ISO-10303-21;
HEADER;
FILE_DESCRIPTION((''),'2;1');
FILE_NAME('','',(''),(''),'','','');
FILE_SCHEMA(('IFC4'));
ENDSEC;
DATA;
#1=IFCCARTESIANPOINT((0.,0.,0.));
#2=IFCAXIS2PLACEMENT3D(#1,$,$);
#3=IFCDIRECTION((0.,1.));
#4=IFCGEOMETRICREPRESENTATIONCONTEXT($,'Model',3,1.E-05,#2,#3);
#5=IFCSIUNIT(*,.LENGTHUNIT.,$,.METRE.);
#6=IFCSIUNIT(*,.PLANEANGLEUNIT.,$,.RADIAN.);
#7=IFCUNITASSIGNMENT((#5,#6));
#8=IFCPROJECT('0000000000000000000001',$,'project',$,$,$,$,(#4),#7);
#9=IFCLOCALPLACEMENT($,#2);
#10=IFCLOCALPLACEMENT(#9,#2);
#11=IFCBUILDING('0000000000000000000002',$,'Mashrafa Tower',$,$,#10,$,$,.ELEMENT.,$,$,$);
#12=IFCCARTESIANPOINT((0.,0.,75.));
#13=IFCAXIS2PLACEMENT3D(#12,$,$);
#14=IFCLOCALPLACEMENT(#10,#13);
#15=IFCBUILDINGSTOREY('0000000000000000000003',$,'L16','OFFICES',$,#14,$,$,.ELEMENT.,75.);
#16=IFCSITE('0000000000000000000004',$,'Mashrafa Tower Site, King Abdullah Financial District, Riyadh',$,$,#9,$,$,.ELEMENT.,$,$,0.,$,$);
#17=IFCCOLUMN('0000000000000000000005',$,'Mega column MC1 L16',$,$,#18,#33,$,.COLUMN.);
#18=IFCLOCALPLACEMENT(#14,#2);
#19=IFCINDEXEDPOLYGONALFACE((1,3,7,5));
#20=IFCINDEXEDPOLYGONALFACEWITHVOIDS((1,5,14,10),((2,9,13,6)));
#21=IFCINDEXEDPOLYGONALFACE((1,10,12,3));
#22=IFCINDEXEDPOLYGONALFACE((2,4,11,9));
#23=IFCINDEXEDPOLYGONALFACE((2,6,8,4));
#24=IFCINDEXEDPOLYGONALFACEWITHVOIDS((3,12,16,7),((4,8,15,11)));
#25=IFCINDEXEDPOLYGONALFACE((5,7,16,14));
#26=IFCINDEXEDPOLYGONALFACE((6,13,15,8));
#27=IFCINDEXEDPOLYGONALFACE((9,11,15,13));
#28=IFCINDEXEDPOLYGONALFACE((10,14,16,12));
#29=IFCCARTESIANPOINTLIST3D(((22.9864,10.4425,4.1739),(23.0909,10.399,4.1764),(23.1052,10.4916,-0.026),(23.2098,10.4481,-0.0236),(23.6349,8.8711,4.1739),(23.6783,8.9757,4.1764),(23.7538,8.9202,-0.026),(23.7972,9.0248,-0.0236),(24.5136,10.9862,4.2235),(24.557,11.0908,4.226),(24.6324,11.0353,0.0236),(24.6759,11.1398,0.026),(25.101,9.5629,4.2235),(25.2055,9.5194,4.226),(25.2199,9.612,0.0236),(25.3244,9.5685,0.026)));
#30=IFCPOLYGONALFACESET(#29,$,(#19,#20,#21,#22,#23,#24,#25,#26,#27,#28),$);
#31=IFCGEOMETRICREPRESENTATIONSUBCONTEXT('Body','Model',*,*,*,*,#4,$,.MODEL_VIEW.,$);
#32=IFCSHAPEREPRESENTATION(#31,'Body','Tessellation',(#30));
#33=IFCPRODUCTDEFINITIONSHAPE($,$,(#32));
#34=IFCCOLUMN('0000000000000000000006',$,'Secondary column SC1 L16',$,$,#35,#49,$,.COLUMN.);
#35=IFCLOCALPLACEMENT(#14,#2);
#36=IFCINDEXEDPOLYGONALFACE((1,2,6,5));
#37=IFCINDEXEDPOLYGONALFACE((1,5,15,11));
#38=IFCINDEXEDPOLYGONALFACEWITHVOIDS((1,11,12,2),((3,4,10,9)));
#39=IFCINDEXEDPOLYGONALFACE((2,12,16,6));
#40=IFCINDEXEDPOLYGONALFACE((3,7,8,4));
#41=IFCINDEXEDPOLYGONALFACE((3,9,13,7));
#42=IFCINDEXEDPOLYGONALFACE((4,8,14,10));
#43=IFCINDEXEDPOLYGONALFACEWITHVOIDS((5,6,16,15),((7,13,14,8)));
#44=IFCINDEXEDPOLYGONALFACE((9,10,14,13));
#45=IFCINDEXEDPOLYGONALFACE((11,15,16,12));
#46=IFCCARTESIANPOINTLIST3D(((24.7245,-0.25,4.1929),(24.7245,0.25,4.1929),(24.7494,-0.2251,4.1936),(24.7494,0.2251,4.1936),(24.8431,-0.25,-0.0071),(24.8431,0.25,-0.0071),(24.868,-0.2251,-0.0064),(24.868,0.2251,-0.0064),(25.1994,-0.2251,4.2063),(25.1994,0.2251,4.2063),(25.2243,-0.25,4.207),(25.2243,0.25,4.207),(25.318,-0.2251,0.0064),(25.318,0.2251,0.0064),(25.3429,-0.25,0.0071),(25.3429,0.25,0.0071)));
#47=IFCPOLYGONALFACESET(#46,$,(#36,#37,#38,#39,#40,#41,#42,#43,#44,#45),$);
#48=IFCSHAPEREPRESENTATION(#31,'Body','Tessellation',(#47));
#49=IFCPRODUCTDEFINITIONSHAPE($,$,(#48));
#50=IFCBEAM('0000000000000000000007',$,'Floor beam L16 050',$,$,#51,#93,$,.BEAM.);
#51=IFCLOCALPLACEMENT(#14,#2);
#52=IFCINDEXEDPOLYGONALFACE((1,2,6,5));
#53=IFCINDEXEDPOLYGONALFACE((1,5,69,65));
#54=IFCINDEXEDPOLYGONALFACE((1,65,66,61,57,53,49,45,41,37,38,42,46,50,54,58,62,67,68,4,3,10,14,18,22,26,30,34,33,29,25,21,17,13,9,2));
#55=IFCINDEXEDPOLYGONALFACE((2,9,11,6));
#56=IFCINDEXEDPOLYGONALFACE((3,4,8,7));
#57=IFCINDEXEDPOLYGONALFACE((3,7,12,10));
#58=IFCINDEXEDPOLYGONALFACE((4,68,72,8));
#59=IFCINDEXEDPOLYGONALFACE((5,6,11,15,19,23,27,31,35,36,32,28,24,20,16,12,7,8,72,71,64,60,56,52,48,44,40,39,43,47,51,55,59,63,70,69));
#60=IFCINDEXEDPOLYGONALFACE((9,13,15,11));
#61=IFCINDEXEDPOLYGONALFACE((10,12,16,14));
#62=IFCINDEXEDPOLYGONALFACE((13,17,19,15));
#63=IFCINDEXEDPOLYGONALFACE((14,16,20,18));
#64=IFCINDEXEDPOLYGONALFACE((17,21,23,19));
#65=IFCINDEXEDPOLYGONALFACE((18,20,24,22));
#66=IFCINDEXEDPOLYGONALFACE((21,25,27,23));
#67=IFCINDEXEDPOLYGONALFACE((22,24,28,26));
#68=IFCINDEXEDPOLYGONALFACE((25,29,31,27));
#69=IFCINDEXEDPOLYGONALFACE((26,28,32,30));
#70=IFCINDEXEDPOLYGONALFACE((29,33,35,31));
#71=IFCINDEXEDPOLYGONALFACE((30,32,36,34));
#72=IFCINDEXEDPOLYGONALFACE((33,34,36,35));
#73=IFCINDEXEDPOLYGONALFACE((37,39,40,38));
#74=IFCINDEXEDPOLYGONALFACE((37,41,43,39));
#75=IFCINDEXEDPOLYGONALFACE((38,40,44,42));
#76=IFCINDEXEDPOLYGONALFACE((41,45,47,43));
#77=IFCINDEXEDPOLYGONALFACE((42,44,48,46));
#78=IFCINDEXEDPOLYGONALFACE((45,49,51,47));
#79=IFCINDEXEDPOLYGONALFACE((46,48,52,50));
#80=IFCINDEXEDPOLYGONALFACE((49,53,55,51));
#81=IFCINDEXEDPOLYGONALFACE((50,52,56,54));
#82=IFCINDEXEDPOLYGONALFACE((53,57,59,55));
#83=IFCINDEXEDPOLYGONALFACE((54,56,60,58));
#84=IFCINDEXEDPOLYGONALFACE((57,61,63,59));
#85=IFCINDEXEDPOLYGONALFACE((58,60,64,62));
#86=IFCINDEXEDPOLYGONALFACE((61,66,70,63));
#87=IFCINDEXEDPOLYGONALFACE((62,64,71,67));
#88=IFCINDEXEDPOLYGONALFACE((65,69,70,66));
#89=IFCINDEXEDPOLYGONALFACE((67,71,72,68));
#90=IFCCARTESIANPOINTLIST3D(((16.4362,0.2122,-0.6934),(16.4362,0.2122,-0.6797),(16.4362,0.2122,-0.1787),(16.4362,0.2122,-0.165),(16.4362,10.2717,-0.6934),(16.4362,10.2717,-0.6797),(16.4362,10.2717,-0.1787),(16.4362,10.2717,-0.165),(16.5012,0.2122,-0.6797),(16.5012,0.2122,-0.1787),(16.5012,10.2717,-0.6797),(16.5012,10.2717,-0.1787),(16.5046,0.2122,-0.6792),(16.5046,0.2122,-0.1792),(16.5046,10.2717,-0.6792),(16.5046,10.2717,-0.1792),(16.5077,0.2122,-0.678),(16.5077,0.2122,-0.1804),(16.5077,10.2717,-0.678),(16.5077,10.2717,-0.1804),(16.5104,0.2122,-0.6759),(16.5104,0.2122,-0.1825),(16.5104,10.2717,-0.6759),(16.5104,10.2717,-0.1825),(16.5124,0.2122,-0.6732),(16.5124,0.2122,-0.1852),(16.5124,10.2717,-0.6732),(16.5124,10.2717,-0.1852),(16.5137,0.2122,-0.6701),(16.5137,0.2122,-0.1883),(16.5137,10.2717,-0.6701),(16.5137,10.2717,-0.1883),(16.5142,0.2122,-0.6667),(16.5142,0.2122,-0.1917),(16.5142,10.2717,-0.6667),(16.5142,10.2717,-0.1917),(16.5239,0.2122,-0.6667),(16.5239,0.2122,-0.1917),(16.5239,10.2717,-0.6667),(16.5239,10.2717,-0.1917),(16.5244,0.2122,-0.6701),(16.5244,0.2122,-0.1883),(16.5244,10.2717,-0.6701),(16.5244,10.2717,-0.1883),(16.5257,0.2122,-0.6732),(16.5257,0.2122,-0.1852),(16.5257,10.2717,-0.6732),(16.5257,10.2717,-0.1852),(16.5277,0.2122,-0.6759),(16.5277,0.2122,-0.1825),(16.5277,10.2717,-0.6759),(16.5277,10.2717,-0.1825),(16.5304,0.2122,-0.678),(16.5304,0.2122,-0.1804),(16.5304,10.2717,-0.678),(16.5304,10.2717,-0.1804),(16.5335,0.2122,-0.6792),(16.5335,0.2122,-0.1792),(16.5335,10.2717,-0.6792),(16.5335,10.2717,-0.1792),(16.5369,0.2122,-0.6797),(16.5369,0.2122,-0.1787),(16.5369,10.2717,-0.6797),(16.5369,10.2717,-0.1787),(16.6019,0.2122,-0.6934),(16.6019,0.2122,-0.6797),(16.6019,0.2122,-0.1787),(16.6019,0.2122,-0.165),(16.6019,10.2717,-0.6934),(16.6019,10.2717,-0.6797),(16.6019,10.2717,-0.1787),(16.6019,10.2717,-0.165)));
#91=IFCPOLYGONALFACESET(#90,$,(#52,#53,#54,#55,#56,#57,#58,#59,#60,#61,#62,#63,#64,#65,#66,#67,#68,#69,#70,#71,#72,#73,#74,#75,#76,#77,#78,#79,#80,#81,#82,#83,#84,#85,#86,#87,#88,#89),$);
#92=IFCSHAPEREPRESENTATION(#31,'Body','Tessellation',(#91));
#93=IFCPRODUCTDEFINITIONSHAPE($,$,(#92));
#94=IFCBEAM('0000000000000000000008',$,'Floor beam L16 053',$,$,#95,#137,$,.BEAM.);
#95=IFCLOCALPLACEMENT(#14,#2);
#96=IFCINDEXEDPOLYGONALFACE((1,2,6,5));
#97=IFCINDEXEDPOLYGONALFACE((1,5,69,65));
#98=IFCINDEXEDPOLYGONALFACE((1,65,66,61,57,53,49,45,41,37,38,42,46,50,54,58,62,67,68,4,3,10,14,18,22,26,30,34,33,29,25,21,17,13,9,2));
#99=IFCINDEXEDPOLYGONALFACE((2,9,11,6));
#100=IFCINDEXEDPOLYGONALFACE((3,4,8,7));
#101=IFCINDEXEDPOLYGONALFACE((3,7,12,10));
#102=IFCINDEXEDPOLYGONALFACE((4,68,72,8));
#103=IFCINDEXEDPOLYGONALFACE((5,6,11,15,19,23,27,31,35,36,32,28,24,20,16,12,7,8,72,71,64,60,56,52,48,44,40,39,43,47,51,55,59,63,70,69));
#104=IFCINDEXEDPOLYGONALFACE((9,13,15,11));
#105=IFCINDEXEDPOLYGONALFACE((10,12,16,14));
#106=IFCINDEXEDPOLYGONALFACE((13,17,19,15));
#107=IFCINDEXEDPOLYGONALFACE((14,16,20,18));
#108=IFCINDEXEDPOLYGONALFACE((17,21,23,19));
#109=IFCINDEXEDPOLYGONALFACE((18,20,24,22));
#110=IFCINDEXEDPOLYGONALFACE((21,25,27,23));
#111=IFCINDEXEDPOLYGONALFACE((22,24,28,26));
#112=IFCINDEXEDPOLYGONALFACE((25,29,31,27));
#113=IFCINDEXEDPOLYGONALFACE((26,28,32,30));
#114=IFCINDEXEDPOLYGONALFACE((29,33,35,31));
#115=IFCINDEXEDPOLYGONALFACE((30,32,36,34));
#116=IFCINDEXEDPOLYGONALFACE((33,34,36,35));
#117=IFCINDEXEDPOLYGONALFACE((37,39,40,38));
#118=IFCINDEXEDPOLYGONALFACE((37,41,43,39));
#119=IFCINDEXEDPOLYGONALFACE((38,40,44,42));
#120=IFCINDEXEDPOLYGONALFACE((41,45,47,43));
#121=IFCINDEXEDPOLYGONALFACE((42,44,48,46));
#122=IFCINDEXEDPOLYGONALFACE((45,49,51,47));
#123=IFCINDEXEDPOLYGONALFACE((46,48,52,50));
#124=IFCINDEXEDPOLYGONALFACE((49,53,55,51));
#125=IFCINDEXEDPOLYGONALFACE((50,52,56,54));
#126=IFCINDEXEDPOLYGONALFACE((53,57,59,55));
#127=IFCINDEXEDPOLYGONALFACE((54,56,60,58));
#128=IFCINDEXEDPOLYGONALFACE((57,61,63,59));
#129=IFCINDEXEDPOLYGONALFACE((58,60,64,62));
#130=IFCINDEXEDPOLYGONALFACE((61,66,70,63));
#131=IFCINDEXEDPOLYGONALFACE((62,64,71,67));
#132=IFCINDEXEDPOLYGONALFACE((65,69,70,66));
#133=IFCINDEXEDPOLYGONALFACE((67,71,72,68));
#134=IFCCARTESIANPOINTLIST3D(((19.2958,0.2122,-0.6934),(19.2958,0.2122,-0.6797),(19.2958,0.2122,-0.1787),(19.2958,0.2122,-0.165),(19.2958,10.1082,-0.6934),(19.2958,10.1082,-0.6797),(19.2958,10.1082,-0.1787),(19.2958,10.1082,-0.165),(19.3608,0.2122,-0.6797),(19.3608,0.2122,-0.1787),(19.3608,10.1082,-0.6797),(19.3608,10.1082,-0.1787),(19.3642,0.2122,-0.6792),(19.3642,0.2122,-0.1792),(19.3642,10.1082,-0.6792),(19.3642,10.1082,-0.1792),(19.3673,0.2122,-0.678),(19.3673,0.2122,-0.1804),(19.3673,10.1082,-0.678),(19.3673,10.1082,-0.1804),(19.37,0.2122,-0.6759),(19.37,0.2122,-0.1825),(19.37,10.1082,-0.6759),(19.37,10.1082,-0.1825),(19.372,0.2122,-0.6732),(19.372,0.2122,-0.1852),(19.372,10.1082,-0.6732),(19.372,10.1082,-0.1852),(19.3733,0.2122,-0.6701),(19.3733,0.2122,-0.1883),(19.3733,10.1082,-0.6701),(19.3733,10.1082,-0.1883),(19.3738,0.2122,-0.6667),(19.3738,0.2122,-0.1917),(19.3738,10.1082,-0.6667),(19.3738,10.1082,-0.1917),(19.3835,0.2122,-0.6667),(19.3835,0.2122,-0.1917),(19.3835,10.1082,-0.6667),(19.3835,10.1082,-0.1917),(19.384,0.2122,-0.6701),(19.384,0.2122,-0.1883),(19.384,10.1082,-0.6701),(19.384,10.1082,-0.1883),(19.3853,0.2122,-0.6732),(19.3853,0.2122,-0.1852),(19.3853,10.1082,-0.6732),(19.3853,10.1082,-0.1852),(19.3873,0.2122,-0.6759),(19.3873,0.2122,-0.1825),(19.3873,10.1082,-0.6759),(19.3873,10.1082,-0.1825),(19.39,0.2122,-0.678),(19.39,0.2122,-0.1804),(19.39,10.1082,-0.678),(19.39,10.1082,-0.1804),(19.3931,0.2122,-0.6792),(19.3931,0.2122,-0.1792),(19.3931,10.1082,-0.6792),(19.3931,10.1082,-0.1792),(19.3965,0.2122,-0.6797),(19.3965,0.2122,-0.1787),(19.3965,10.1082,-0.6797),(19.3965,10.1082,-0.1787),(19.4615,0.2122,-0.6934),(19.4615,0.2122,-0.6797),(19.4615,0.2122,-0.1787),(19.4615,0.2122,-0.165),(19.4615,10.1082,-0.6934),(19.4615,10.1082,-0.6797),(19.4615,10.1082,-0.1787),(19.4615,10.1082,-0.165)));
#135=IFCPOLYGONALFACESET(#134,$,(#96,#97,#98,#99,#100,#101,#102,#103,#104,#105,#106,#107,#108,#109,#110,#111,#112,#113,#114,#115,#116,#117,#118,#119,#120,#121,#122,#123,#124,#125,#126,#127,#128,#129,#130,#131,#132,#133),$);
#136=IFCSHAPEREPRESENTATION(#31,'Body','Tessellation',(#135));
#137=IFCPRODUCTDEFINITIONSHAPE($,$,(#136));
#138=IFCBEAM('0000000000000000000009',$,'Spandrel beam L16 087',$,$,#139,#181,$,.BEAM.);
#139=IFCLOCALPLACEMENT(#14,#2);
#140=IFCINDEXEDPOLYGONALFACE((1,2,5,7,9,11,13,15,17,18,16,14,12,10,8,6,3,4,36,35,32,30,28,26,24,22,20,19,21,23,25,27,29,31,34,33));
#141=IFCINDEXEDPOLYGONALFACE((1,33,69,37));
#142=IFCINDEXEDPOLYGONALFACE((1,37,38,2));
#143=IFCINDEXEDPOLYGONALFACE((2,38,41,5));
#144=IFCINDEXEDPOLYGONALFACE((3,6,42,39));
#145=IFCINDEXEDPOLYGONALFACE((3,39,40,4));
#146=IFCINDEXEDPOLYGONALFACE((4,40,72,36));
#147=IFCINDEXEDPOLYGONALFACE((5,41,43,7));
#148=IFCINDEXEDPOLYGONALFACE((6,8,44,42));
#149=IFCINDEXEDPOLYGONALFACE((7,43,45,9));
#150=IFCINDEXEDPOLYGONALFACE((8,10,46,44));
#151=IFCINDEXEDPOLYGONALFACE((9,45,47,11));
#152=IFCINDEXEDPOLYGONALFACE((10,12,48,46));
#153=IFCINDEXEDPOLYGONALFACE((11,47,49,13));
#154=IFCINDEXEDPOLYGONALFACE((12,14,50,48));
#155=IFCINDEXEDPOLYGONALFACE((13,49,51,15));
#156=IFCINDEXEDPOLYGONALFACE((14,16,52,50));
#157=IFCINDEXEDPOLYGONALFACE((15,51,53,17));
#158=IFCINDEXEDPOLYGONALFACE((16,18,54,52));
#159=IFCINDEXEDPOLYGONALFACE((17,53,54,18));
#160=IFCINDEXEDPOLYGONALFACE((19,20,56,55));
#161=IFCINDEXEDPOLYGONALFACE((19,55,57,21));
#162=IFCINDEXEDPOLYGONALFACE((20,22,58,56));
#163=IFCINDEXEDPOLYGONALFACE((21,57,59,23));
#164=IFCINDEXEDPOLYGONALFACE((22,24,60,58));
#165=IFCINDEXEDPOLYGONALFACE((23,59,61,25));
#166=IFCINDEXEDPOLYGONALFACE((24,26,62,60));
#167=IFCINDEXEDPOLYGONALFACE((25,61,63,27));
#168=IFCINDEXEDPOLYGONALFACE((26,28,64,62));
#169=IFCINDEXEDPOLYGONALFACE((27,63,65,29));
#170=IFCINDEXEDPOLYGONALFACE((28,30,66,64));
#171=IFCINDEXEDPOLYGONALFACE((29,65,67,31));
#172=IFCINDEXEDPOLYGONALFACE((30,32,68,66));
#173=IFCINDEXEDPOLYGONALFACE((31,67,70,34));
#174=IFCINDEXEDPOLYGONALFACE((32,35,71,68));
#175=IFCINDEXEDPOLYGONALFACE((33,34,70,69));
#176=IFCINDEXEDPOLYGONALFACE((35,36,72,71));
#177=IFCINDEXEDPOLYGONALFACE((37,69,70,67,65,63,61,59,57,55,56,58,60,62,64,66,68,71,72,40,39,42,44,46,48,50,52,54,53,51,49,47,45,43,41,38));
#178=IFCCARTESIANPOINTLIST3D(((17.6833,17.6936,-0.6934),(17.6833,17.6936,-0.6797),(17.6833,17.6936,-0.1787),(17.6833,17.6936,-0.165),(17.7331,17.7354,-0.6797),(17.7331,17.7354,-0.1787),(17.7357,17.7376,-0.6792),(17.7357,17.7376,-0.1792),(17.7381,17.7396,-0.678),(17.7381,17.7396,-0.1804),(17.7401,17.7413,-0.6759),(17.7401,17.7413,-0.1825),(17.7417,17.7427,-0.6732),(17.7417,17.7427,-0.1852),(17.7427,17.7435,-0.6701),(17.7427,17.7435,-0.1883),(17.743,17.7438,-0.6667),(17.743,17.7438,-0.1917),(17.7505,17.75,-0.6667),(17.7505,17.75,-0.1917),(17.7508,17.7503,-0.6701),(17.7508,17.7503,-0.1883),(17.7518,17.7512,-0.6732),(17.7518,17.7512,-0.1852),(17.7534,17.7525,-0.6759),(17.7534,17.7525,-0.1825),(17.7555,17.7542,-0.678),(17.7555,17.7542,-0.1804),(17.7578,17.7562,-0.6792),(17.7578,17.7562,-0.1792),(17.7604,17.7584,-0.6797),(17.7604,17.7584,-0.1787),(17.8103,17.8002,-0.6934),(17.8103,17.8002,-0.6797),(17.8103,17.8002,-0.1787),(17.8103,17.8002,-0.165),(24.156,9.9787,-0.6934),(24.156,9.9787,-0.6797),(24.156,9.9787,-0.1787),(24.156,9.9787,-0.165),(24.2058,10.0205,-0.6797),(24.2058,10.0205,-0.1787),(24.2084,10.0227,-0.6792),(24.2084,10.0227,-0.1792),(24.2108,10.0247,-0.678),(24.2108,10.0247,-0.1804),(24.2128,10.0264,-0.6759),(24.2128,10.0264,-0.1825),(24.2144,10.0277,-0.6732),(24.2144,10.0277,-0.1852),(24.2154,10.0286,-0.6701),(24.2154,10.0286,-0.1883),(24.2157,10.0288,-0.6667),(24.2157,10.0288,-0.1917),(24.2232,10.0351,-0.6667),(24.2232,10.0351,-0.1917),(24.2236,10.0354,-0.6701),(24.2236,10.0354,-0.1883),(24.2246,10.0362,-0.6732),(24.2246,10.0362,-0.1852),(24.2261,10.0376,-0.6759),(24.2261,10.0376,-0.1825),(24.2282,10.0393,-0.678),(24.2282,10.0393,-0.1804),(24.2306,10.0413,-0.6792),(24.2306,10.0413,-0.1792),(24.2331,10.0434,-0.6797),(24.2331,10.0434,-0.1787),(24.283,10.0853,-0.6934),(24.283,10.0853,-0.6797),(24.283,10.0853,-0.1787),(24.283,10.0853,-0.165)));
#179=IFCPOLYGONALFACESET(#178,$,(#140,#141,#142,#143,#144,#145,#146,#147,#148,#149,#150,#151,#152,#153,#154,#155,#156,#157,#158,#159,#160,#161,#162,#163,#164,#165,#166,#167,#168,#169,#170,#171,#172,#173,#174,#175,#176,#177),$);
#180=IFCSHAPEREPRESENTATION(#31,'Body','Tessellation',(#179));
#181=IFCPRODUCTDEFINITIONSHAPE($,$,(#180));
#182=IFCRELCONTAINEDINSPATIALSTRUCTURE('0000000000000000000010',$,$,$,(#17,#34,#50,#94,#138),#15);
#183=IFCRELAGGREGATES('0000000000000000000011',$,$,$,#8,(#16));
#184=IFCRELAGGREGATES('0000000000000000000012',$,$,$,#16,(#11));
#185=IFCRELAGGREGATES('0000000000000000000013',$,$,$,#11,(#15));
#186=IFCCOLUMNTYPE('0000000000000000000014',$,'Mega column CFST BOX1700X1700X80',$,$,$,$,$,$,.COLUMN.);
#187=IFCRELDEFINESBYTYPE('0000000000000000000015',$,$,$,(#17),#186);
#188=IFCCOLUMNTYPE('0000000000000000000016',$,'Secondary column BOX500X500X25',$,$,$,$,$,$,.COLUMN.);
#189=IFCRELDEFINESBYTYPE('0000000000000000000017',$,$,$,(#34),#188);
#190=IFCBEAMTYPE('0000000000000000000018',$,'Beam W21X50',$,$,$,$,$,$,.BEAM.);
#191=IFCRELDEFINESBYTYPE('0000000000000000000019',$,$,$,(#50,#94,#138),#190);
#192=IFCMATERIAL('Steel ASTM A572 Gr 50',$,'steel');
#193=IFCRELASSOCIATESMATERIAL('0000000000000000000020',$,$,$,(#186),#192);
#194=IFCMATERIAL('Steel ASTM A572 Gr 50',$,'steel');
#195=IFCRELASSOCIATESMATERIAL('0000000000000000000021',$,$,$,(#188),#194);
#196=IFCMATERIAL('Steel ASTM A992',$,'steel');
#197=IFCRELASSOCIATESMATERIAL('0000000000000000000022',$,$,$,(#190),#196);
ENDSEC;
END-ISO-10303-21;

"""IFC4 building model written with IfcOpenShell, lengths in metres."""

from ifc_helpers import new_model, si_unit, direction, frame, origin, origin_2d, place, context, subcontext, project, spatial, hollow_rectangle, i_section, extrude, material, material_profile, profile_set, type_object, element, save


model = new_model("IFC4")

# Units and contexts
model_context = context("Model", 3, precision=1e-05, world=origin(), true_north=direction((0.0, 1.0)))
body_context = subcontext(model_context, "Body", "Model", "MODEL_VIEW")
ifc_project = project(units=[si_unit("LENGTHUNIT", "METRE"), si_unit("PLANEANGLEUNIT", "RADIAN")], contexts=[model_context])

# Site, building, storey
site_placement = place(None, origin())
site = spatial("IfcSite", under=ifc_project, at=site_placement, Name="Mashrafa Tower Site, King Abdullah Financial District, Riyadh", CompositionType="ELEMENT", RefElevation=0.0)
building_placement = place(site_placement, origin())
building = spatial("IfcBuilding", under=site, at=building_placement, Name="Mashrafa Tower", CompositionType="ELEMENT")
storey_placement = place(building_placement, frame((0.0, 0.0, 75.0)))
storey = spatial("IfcBuildingStorey", under=building, at=storey_placement, Name="L16", Description="OFFICES", CompositionType="ELEMENT", Elevation=75.0)

# Columns
ifc_material_1 = material(Name="Steel ASTM A572 Gr 50", Category="steel")
ifc_material_profile_1 = material_profile(ifc_material_1, hollow_rectangle(XDim=1.7, YDim=1.7, WallThickness=0.0801, at=origin_2d()), Name="BOX1700X1700X80")
ifc_profile_set_1 = profile_set([ifc_material_profile_1], Name="Steel ASTM A572 Gr 50")
column_type_1 = type_object("IfcColumnType", Name="Mega column CFST BOX1700X1700X80", PredefinedType="COLUMN", material=ifc_profile_set_1)
column_1_placement = place(storey_placement, frame((24.2148, 10.03, 0.0), z_axis=(-0.028296, -0.011679, 0.999531), x_axis=(0.381513, -0.924363, 0.0)))
element("IfcColumn", 1, at=column_1_placement, inside=storey, type_object=column_type_1, Name="Mega column MC1 L16", PredefinedType="COLUMN", context=body_context, shape_type="SweptSolid", body=[
    extrude(hollow_rectangle(XDim=1.7, YDim=1.7, WallThickness=0.0801, at=origin_2d()), origin(), (0.0, 0.0, 1.0), 4.2019),
])
ifc_material_2 = material(Name="Steel ASTM A572 Gr 50", Category="steel")
ifc_material_profile_2 = material_profile(ifc_material_2, hollow_rectangle(XDim=0.5, YDim=0.5, WallThickness=0.0249, at=origin_2d()), Name="BOX500X500X25")
ifc_profile_set_2 = profile_set([ifc_material_profile_2], Name="Steel ASTM A572 Gr 50")
column_type_2 = type_object("IfcColumnType", Name="Secondary column BOX500X500X25", PredefinedType="COLUMN", material=ifc_profile_set_2)
column_2_placement = place(storey_placement, frame((25.093, 0.0, 0.0), z_axis=(-0.02824, 0.0, 0.999601), x_axis=(0.0, -1.0, 0.0)))
element("IfcColumn", 2, at=column_2_placement, inside=storey, type_object=column_type_2, Name="Secondary column SC1 L16", PredefinedType="COLUMN", context=body_context, shape_type="SweptSolid", body=[
    extrude(hollow_rectangle(XDim=0.5, YDim=0.5, WallThickness=0.0249, at=origin_2d()), origin(), (0.0, 0.0, 1.0), 4.2017),
])

# Beams
ifc_material_3 = material(Name="Steel ASTM A992", Category="steel")
ifc_material_profile_3 = material_profile(ifc_material_3, i_section(OverallWidth=0.1658, OverallDepth=0.5283, WebThickness=0.0098, FlangeThickness=0.0137, FilletRadius=0.0129, at=origin_2d()), Name="W21X50")
ifc_profile_set_3 = profile_set([ifc_material_profile_3], Name="Steel ASTM A992")
beam_type_1 = type_object("IfcBeamType", Name="Beam W21X50", PredefinedType="BEAM", material=ifc_profile_set_3)
beam_1_placement = place(storey_placement, frame((16.519, 10.2717, -0.4292), z_axis=(0.0, -1.0, 0.0), x_axis=(1.0, 0.0, 0.0)))
element("IfcBeam", 3, at=beam_1_placement, inside=storey, type_object=beam_type_1, Name="Floor beam L16 050", PredefinedType="BEAM", context=body_context, shape_type="SweptSolid", body=[
    extrude(i_section(OverallWidth=0.1658, OverallDepth=0.5283, WebThickness=0.0098, FlangeThickness=0.0137, FilletRadius=0.0129, at=origin_2d()), origin(), (0.0, 0.0, 1.0), 10.0596),
])
beam_2_placement = place(storey_placement, frame((19.3787, 10.1082, -0.4292), z_axis=(0.0, -1.0, 0.0), x_axis=(1.0, 0.0, 0.0)))
element("IfcBeam", 4, at=beam_2_placement, inside=storey, type_object=beam_type_1, Name="Floor beam L16 053", PredefinedType="BEAM", context=body_context, shape_type="SweptSolid", body=[
    extrude(i_section(OverallWidth=0.1658, OverallDepth=0.5283, WebThickness=0.0098, FlangeThickness=0.0137, FilletRadius=0.0129, at=origin_2d()), origin(), (0.0, 0.0, 1.0), 9.896),
])
beam_3_placement = place(storey_placement, frame((24.2195, 10.032, -0.4292), z_axis=(-0.642737, 0.766087, 0.0), x_axis=(-0.766087, -0.642737, 0.0)))
element("IfcBeam", 5, at=beam_3_placement, inside=storey, type_object=beam_type_1, Name="Spandrel beam L16 087", PredefinedType="BEAM", context=body_context, shape_type="SweptSolid", body=[
    extrude(i_section(OverallWidth=0.1658, OverallDepth=0.5283, WebThickness=0.0098, FlangeThickness=0.0137, FilletRadius=0.0129, at=origin_2d()), origin(), (0.0, 0.0, 1.0), 10.0706),
])

save(model, "model.ifc")
